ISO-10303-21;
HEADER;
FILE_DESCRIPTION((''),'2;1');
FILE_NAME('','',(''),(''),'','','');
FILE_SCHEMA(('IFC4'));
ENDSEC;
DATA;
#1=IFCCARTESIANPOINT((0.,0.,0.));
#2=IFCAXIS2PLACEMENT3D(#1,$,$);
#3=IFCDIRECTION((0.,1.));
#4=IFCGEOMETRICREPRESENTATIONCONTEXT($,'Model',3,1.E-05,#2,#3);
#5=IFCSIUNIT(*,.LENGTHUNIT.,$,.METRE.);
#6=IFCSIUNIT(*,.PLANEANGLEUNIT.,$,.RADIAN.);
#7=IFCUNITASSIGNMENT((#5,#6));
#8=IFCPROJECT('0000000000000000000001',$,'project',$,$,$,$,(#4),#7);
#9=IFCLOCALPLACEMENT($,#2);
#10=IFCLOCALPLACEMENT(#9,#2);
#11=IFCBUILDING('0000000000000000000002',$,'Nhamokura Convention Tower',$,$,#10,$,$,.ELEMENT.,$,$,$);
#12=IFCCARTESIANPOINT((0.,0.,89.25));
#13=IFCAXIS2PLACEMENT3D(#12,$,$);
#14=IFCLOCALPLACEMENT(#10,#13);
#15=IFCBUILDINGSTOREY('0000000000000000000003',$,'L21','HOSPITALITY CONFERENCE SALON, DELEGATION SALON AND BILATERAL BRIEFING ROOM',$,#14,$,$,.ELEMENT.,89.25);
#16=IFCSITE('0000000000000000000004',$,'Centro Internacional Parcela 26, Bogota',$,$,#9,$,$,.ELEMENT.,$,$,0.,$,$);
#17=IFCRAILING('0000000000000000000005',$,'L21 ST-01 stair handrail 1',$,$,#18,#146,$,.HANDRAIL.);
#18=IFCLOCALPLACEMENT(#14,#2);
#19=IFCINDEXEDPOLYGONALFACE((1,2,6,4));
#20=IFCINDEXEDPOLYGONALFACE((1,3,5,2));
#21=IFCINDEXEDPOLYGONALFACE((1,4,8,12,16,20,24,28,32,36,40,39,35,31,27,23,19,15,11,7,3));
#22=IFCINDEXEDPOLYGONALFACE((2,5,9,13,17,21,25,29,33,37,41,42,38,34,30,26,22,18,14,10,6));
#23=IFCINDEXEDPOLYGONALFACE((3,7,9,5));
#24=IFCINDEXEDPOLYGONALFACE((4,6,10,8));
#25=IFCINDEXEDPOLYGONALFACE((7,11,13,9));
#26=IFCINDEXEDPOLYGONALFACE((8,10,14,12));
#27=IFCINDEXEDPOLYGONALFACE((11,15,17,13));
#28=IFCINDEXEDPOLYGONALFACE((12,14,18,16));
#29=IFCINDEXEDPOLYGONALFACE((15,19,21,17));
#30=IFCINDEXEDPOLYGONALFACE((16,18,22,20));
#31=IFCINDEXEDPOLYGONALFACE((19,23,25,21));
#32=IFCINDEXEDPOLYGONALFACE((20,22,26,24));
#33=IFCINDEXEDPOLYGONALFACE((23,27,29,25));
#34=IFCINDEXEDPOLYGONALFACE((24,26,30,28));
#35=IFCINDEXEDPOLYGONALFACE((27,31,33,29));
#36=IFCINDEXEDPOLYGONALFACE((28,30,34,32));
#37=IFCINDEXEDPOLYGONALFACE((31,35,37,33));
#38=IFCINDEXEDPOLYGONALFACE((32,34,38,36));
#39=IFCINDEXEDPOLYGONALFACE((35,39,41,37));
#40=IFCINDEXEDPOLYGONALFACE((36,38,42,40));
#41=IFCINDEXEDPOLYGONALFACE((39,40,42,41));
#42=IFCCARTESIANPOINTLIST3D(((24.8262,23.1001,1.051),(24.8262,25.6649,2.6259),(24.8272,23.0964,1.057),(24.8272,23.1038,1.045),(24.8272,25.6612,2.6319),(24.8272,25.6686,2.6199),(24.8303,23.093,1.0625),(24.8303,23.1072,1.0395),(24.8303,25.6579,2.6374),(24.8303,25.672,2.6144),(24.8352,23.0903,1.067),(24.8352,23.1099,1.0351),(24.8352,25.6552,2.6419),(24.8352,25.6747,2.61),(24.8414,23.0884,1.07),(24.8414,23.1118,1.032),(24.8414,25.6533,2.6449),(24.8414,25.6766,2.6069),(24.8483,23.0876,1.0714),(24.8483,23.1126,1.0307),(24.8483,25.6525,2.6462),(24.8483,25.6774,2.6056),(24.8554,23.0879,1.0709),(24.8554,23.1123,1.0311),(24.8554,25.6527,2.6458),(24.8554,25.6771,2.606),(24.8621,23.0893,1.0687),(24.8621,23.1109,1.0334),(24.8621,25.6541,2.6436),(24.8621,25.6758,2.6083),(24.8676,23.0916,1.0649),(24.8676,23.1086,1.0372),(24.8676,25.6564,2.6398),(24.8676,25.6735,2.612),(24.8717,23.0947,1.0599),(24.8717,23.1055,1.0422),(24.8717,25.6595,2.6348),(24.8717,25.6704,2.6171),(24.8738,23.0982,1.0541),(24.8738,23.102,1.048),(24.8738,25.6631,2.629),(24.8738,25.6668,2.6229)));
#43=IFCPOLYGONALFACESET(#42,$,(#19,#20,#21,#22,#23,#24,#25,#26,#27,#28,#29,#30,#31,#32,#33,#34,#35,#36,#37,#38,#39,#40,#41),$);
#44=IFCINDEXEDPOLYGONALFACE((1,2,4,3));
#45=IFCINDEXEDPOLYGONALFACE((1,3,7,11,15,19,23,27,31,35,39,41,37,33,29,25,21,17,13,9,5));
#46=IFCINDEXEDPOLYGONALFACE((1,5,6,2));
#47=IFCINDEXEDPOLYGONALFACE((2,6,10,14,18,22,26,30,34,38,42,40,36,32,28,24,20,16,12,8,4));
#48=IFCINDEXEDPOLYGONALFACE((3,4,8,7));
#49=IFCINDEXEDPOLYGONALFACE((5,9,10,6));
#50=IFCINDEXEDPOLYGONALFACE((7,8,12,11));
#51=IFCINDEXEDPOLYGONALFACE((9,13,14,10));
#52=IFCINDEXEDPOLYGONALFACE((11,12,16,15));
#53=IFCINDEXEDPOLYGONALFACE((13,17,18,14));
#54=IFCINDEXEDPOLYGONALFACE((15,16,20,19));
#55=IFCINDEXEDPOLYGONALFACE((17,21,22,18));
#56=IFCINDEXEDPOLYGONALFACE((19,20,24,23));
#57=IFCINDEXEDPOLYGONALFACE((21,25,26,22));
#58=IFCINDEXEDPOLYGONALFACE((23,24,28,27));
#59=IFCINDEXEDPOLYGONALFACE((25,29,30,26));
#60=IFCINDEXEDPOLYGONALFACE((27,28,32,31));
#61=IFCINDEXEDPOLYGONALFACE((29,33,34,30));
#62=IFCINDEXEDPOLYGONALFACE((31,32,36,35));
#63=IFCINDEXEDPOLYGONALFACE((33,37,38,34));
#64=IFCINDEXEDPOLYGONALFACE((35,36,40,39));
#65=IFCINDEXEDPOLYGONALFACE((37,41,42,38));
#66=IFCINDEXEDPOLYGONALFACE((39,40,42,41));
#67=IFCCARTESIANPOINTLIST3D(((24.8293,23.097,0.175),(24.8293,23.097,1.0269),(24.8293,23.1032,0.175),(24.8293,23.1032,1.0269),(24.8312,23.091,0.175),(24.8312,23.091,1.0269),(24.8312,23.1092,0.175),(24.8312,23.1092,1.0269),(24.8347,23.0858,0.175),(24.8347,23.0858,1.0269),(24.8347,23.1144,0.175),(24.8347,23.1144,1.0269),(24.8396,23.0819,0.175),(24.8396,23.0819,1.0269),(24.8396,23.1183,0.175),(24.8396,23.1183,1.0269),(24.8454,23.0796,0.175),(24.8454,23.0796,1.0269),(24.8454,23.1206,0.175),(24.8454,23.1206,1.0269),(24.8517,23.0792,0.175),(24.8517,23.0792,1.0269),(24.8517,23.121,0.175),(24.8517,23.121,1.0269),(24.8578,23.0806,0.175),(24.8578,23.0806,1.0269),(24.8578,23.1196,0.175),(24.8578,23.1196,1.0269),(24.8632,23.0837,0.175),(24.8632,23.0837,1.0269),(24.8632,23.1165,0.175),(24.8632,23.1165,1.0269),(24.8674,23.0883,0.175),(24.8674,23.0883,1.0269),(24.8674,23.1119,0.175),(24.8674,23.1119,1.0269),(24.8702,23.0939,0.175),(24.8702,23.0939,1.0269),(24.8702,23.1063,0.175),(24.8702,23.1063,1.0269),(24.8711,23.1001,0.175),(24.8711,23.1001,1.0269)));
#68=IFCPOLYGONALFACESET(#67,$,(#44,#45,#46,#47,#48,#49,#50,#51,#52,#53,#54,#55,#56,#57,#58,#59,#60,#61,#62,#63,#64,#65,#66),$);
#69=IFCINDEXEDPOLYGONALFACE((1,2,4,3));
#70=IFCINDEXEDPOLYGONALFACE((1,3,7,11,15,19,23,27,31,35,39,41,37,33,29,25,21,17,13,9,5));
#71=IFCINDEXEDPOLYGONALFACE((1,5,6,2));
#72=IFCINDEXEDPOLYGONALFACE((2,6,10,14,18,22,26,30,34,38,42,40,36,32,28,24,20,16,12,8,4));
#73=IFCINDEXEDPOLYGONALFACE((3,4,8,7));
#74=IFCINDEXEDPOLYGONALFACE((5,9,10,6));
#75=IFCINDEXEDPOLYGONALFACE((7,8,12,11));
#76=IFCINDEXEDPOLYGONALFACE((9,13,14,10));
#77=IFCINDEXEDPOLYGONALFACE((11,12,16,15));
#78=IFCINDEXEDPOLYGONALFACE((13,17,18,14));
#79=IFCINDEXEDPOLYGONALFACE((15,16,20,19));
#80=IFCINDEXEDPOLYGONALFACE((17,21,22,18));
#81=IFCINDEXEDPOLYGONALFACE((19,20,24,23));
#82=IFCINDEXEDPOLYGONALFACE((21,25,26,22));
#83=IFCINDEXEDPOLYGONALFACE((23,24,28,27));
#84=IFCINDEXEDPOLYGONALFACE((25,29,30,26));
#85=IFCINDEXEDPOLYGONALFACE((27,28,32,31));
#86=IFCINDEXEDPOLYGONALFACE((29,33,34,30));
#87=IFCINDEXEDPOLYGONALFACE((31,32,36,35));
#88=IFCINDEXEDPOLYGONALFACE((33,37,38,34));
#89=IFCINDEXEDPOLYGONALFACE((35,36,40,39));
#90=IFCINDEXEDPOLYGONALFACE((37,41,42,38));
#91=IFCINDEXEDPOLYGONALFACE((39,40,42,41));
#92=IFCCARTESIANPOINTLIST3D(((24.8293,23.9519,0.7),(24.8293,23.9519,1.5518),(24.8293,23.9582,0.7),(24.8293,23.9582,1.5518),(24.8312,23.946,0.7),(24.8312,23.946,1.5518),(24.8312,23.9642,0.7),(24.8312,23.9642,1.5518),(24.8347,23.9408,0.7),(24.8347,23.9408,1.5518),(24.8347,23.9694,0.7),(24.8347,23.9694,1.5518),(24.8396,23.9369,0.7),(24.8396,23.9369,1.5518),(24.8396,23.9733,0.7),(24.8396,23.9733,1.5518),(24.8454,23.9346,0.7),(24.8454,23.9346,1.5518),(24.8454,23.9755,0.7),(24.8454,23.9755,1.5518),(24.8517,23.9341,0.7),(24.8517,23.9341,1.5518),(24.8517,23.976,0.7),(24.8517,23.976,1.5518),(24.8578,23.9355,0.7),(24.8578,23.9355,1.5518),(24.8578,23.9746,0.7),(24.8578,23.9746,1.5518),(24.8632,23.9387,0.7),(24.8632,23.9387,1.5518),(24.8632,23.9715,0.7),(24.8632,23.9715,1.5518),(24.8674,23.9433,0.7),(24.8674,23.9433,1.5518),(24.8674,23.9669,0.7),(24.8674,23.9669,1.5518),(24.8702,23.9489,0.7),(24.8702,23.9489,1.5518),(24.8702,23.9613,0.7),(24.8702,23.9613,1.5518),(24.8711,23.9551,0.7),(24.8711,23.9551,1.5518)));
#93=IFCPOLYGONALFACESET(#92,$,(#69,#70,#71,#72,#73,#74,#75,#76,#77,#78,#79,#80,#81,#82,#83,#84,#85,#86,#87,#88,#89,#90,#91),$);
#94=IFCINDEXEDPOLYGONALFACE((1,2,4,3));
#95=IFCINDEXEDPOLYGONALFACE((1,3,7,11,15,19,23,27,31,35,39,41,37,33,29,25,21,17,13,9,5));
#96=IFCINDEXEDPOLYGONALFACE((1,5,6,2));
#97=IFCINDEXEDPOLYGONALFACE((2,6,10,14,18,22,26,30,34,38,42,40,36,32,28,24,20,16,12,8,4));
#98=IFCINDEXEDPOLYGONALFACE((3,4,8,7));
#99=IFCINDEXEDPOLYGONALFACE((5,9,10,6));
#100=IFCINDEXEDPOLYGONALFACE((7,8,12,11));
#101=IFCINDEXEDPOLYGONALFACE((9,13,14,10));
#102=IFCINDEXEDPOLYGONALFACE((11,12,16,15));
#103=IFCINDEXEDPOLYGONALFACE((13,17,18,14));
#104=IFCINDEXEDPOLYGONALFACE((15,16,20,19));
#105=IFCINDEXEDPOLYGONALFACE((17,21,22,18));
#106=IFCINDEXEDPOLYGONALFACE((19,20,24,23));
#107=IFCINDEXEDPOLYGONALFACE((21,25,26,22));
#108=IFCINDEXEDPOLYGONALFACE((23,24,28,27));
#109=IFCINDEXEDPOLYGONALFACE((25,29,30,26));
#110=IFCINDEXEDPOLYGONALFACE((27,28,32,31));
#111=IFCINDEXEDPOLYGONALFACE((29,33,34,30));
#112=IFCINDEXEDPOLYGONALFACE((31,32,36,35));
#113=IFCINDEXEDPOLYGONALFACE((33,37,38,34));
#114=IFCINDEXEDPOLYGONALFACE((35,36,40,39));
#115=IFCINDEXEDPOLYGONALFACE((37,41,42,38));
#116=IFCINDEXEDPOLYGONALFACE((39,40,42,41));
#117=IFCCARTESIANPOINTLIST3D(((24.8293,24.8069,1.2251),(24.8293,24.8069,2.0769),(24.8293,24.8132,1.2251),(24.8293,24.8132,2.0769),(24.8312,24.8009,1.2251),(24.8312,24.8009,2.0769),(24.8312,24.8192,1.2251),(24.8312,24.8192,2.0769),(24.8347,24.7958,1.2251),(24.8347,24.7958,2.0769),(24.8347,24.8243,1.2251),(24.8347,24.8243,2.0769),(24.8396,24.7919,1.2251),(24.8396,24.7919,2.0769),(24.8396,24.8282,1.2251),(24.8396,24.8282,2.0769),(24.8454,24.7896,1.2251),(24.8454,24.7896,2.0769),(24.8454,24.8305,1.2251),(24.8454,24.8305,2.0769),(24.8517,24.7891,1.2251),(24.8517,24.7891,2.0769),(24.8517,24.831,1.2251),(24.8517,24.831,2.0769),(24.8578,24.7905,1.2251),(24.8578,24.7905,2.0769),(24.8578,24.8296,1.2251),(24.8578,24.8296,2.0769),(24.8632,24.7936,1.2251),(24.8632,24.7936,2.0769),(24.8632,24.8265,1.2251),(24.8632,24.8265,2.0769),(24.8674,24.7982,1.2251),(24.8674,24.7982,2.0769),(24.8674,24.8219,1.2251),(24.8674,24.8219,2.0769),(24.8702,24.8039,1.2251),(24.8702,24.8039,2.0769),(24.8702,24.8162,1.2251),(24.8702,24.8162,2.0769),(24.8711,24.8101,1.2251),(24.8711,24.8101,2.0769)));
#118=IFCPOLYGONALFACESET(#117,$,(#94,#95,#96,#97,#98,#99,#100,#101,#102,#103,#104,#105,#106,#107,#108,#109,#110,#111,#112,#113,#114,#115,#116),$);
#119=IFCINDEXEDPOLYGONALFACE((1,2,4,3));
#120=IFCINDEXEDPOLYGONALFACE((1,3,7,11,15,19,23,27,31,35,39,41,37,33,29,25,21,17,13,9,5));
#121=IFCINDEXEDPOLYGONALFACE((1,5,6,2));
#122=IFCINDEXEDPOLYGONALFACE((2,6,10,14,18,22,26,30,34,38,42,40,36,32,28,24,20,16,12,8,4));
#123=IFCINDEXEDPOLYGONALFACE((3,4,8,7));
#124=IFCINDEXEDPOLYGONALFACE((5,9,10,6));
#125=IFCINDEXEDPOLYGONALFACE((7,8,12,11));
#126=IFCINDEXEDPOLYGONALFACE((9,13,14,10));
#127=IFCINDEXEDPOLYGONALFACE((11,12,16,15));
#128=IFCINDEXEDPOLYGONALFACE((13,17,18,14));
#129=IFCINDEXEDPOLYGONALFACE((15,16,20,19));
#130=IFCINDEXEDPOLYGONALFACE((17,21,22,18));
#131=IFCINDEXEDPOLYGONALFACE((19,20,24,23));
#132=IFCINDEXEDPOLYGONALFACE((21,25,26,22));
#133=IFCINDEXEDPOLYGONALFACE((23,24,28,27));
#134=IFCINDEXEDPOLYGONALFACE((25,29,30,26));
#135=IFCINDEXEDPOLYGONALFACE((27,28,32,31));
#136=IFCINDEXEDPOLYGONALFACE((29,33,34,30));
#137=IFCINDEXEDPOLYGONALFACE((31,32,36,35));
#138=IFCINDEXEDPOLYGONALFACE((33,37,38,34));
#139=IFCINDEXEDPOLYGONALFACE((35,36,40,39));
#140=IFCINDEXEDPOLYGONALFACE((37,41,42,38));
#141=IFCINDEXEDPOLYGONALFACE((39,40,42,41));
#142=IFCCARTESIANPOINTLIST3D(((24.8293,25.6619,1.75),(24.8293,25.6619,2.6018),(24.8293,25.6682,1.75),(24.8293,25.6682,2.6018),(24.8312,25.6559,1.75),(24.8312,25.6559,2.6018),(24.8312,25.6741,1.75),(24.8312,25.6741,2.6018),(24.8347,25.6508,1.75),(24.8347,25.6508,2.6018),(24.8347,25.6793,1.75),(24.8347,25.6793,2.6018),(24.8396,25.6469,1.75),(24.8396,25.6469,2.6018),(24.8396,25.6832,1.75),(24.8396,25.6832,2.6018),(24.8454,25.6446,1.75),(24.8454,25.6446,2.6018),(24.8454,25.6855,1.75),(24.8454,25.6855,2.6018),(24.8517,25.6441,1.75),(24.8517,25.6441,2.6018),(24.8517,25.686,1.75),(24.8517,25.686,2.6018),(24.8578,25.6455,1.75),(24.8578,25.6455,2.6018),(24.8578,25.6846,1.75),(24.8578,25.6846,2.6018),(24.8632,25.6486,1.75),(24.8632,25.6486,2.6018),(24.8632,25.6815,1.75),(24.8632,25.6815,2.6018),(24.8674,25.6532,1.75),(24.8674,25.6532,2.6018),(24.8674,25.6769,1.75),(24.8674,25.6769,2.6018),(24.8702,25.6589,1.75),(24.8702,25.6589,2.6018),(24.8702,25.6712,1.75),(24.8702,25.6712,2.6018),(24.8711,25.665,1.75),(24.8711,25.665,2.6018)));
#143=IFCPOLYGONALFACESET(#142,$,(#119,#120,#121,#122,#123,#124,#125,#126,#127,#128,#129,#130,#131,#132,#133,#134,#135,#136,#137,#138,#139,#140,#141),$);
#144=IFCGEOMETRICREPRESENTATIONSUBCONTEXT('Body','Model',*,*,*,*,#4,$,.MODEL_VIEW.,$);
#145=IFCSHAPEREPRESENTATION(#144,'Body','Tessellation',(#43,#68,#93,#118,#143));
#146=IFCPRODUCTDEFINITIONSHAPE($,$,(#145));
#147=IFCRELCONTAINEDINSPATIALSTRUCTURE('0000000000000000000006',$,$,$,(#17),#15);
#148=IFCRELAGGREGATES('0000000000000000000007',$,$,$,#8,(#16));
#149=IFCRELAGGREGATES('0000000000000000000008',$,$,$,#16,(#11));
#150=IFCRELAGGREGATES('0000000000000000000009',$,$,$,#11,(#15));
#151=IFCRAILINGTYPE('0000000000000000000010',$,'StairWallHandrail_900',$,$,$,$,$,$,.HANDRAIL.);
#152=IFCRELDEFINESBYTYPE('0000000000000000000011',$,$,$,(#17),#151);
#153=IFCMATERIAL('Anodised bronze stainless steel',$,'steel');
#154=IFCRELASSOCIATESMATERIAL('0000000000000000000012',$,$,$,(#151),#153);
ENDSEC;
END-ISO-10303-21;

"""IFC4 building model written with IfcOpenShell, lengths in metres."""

from ifc_helpers import new_model, si_unit, direction, frame, origin, origin_2d, place, context, subcontext, project, spatial, circle, extrude, material, type_object, element, save


model = new_model("IFC4")

# Units and contexts
model_context = context("Model", 3, precision=1e-05, world=origin(), true_north=direction((0.0, 1.0)))
body_context = subcontext(model_context, "Body", "Model", "MODEL_VIEW")
ifc_project = project(units=[si_unit("LENGTHUNIT", "METRE"), si_unit("PLANEANGLEUNIT", "RADIAN")], contexts=[model_context])

# Site, building, storey
site_placement = place(None, origin())
site = spatial("IfcSite", under=ifc_project, at=site_placement, Name="Centro Internacional Parcela 26, Bogota", CompositionType="ELEMENT", RefElevation=0.0)
building_placement = place(site_placement, origin())
building = spatial("IfcBuilding", under=site, at=building_placement, Name="Nhamokura Convention Tower", CompositionType="ELEMENT")
storey_placement = place(building_placement, frame((0.0, 0.0, 89.25)))
storey = spatial("IfcBuildingStorey", under=building, at=storey_placement, Name="L21", Description="HOSPITALITY CONFERENCE SALON, DELEGATION SALON AND BILATERAL BRIEFING ROOM", CompositionType="ELEMENT", Elevation=89.25)

# Railing
ifc_material_1 = material(Name="Anodised bronze stainless steel", Category="steel")
railing_type_1 = type_object("IfcRailingType", Name="StairWallHandrail_900", PredefinedType="HANDRAIL", material=ifc_material_1)
railing_1_placement = place(storey_placement, frame((24.8501, 23.1001, 0.175)))
element("IfcRailing", 1, at=railing_1_placement, inside=storey, type_object=railing_type_1, Name="L21 ST-01 stair handrail 1", PredefinedType="HANDRAIL", context=body_context, shape_type="SweptSolid", body=[
    extrude(circle(Radius=0.0239, at=origin_2d()), frame((0.0, 0.0, 0.876), z_axis=(0.0, 0.852173, 0.52326), x_axis=(-1.0, 0.0, 0.0)), (0.0, 0.0, 1.0), 3.0098),
    extrude(circle(Radius=0.021, at=origin_2d()), origin(), (0.0, 0.0, 1.0), 0.8518),
    extrude(circle(Radius=0.021, at=origin_2d()), frame((0.0, 0.855, 0.5249)), (0.0, 0.0, 1.0), 0.8518),
    extrude(circle(Radius=0.021, at=origin_2d()), frame((0.0, 1.71, 1.05)), (0.0, 0.0, 1.0), 0.8518),
    extrude(circle(Radius=0.021, at=origin_2d()), frame((0.0, 2.5649, 1.575)), (0.0, 0.0, 1.0), 0.8518),
])

save(model, "model.ifc")
